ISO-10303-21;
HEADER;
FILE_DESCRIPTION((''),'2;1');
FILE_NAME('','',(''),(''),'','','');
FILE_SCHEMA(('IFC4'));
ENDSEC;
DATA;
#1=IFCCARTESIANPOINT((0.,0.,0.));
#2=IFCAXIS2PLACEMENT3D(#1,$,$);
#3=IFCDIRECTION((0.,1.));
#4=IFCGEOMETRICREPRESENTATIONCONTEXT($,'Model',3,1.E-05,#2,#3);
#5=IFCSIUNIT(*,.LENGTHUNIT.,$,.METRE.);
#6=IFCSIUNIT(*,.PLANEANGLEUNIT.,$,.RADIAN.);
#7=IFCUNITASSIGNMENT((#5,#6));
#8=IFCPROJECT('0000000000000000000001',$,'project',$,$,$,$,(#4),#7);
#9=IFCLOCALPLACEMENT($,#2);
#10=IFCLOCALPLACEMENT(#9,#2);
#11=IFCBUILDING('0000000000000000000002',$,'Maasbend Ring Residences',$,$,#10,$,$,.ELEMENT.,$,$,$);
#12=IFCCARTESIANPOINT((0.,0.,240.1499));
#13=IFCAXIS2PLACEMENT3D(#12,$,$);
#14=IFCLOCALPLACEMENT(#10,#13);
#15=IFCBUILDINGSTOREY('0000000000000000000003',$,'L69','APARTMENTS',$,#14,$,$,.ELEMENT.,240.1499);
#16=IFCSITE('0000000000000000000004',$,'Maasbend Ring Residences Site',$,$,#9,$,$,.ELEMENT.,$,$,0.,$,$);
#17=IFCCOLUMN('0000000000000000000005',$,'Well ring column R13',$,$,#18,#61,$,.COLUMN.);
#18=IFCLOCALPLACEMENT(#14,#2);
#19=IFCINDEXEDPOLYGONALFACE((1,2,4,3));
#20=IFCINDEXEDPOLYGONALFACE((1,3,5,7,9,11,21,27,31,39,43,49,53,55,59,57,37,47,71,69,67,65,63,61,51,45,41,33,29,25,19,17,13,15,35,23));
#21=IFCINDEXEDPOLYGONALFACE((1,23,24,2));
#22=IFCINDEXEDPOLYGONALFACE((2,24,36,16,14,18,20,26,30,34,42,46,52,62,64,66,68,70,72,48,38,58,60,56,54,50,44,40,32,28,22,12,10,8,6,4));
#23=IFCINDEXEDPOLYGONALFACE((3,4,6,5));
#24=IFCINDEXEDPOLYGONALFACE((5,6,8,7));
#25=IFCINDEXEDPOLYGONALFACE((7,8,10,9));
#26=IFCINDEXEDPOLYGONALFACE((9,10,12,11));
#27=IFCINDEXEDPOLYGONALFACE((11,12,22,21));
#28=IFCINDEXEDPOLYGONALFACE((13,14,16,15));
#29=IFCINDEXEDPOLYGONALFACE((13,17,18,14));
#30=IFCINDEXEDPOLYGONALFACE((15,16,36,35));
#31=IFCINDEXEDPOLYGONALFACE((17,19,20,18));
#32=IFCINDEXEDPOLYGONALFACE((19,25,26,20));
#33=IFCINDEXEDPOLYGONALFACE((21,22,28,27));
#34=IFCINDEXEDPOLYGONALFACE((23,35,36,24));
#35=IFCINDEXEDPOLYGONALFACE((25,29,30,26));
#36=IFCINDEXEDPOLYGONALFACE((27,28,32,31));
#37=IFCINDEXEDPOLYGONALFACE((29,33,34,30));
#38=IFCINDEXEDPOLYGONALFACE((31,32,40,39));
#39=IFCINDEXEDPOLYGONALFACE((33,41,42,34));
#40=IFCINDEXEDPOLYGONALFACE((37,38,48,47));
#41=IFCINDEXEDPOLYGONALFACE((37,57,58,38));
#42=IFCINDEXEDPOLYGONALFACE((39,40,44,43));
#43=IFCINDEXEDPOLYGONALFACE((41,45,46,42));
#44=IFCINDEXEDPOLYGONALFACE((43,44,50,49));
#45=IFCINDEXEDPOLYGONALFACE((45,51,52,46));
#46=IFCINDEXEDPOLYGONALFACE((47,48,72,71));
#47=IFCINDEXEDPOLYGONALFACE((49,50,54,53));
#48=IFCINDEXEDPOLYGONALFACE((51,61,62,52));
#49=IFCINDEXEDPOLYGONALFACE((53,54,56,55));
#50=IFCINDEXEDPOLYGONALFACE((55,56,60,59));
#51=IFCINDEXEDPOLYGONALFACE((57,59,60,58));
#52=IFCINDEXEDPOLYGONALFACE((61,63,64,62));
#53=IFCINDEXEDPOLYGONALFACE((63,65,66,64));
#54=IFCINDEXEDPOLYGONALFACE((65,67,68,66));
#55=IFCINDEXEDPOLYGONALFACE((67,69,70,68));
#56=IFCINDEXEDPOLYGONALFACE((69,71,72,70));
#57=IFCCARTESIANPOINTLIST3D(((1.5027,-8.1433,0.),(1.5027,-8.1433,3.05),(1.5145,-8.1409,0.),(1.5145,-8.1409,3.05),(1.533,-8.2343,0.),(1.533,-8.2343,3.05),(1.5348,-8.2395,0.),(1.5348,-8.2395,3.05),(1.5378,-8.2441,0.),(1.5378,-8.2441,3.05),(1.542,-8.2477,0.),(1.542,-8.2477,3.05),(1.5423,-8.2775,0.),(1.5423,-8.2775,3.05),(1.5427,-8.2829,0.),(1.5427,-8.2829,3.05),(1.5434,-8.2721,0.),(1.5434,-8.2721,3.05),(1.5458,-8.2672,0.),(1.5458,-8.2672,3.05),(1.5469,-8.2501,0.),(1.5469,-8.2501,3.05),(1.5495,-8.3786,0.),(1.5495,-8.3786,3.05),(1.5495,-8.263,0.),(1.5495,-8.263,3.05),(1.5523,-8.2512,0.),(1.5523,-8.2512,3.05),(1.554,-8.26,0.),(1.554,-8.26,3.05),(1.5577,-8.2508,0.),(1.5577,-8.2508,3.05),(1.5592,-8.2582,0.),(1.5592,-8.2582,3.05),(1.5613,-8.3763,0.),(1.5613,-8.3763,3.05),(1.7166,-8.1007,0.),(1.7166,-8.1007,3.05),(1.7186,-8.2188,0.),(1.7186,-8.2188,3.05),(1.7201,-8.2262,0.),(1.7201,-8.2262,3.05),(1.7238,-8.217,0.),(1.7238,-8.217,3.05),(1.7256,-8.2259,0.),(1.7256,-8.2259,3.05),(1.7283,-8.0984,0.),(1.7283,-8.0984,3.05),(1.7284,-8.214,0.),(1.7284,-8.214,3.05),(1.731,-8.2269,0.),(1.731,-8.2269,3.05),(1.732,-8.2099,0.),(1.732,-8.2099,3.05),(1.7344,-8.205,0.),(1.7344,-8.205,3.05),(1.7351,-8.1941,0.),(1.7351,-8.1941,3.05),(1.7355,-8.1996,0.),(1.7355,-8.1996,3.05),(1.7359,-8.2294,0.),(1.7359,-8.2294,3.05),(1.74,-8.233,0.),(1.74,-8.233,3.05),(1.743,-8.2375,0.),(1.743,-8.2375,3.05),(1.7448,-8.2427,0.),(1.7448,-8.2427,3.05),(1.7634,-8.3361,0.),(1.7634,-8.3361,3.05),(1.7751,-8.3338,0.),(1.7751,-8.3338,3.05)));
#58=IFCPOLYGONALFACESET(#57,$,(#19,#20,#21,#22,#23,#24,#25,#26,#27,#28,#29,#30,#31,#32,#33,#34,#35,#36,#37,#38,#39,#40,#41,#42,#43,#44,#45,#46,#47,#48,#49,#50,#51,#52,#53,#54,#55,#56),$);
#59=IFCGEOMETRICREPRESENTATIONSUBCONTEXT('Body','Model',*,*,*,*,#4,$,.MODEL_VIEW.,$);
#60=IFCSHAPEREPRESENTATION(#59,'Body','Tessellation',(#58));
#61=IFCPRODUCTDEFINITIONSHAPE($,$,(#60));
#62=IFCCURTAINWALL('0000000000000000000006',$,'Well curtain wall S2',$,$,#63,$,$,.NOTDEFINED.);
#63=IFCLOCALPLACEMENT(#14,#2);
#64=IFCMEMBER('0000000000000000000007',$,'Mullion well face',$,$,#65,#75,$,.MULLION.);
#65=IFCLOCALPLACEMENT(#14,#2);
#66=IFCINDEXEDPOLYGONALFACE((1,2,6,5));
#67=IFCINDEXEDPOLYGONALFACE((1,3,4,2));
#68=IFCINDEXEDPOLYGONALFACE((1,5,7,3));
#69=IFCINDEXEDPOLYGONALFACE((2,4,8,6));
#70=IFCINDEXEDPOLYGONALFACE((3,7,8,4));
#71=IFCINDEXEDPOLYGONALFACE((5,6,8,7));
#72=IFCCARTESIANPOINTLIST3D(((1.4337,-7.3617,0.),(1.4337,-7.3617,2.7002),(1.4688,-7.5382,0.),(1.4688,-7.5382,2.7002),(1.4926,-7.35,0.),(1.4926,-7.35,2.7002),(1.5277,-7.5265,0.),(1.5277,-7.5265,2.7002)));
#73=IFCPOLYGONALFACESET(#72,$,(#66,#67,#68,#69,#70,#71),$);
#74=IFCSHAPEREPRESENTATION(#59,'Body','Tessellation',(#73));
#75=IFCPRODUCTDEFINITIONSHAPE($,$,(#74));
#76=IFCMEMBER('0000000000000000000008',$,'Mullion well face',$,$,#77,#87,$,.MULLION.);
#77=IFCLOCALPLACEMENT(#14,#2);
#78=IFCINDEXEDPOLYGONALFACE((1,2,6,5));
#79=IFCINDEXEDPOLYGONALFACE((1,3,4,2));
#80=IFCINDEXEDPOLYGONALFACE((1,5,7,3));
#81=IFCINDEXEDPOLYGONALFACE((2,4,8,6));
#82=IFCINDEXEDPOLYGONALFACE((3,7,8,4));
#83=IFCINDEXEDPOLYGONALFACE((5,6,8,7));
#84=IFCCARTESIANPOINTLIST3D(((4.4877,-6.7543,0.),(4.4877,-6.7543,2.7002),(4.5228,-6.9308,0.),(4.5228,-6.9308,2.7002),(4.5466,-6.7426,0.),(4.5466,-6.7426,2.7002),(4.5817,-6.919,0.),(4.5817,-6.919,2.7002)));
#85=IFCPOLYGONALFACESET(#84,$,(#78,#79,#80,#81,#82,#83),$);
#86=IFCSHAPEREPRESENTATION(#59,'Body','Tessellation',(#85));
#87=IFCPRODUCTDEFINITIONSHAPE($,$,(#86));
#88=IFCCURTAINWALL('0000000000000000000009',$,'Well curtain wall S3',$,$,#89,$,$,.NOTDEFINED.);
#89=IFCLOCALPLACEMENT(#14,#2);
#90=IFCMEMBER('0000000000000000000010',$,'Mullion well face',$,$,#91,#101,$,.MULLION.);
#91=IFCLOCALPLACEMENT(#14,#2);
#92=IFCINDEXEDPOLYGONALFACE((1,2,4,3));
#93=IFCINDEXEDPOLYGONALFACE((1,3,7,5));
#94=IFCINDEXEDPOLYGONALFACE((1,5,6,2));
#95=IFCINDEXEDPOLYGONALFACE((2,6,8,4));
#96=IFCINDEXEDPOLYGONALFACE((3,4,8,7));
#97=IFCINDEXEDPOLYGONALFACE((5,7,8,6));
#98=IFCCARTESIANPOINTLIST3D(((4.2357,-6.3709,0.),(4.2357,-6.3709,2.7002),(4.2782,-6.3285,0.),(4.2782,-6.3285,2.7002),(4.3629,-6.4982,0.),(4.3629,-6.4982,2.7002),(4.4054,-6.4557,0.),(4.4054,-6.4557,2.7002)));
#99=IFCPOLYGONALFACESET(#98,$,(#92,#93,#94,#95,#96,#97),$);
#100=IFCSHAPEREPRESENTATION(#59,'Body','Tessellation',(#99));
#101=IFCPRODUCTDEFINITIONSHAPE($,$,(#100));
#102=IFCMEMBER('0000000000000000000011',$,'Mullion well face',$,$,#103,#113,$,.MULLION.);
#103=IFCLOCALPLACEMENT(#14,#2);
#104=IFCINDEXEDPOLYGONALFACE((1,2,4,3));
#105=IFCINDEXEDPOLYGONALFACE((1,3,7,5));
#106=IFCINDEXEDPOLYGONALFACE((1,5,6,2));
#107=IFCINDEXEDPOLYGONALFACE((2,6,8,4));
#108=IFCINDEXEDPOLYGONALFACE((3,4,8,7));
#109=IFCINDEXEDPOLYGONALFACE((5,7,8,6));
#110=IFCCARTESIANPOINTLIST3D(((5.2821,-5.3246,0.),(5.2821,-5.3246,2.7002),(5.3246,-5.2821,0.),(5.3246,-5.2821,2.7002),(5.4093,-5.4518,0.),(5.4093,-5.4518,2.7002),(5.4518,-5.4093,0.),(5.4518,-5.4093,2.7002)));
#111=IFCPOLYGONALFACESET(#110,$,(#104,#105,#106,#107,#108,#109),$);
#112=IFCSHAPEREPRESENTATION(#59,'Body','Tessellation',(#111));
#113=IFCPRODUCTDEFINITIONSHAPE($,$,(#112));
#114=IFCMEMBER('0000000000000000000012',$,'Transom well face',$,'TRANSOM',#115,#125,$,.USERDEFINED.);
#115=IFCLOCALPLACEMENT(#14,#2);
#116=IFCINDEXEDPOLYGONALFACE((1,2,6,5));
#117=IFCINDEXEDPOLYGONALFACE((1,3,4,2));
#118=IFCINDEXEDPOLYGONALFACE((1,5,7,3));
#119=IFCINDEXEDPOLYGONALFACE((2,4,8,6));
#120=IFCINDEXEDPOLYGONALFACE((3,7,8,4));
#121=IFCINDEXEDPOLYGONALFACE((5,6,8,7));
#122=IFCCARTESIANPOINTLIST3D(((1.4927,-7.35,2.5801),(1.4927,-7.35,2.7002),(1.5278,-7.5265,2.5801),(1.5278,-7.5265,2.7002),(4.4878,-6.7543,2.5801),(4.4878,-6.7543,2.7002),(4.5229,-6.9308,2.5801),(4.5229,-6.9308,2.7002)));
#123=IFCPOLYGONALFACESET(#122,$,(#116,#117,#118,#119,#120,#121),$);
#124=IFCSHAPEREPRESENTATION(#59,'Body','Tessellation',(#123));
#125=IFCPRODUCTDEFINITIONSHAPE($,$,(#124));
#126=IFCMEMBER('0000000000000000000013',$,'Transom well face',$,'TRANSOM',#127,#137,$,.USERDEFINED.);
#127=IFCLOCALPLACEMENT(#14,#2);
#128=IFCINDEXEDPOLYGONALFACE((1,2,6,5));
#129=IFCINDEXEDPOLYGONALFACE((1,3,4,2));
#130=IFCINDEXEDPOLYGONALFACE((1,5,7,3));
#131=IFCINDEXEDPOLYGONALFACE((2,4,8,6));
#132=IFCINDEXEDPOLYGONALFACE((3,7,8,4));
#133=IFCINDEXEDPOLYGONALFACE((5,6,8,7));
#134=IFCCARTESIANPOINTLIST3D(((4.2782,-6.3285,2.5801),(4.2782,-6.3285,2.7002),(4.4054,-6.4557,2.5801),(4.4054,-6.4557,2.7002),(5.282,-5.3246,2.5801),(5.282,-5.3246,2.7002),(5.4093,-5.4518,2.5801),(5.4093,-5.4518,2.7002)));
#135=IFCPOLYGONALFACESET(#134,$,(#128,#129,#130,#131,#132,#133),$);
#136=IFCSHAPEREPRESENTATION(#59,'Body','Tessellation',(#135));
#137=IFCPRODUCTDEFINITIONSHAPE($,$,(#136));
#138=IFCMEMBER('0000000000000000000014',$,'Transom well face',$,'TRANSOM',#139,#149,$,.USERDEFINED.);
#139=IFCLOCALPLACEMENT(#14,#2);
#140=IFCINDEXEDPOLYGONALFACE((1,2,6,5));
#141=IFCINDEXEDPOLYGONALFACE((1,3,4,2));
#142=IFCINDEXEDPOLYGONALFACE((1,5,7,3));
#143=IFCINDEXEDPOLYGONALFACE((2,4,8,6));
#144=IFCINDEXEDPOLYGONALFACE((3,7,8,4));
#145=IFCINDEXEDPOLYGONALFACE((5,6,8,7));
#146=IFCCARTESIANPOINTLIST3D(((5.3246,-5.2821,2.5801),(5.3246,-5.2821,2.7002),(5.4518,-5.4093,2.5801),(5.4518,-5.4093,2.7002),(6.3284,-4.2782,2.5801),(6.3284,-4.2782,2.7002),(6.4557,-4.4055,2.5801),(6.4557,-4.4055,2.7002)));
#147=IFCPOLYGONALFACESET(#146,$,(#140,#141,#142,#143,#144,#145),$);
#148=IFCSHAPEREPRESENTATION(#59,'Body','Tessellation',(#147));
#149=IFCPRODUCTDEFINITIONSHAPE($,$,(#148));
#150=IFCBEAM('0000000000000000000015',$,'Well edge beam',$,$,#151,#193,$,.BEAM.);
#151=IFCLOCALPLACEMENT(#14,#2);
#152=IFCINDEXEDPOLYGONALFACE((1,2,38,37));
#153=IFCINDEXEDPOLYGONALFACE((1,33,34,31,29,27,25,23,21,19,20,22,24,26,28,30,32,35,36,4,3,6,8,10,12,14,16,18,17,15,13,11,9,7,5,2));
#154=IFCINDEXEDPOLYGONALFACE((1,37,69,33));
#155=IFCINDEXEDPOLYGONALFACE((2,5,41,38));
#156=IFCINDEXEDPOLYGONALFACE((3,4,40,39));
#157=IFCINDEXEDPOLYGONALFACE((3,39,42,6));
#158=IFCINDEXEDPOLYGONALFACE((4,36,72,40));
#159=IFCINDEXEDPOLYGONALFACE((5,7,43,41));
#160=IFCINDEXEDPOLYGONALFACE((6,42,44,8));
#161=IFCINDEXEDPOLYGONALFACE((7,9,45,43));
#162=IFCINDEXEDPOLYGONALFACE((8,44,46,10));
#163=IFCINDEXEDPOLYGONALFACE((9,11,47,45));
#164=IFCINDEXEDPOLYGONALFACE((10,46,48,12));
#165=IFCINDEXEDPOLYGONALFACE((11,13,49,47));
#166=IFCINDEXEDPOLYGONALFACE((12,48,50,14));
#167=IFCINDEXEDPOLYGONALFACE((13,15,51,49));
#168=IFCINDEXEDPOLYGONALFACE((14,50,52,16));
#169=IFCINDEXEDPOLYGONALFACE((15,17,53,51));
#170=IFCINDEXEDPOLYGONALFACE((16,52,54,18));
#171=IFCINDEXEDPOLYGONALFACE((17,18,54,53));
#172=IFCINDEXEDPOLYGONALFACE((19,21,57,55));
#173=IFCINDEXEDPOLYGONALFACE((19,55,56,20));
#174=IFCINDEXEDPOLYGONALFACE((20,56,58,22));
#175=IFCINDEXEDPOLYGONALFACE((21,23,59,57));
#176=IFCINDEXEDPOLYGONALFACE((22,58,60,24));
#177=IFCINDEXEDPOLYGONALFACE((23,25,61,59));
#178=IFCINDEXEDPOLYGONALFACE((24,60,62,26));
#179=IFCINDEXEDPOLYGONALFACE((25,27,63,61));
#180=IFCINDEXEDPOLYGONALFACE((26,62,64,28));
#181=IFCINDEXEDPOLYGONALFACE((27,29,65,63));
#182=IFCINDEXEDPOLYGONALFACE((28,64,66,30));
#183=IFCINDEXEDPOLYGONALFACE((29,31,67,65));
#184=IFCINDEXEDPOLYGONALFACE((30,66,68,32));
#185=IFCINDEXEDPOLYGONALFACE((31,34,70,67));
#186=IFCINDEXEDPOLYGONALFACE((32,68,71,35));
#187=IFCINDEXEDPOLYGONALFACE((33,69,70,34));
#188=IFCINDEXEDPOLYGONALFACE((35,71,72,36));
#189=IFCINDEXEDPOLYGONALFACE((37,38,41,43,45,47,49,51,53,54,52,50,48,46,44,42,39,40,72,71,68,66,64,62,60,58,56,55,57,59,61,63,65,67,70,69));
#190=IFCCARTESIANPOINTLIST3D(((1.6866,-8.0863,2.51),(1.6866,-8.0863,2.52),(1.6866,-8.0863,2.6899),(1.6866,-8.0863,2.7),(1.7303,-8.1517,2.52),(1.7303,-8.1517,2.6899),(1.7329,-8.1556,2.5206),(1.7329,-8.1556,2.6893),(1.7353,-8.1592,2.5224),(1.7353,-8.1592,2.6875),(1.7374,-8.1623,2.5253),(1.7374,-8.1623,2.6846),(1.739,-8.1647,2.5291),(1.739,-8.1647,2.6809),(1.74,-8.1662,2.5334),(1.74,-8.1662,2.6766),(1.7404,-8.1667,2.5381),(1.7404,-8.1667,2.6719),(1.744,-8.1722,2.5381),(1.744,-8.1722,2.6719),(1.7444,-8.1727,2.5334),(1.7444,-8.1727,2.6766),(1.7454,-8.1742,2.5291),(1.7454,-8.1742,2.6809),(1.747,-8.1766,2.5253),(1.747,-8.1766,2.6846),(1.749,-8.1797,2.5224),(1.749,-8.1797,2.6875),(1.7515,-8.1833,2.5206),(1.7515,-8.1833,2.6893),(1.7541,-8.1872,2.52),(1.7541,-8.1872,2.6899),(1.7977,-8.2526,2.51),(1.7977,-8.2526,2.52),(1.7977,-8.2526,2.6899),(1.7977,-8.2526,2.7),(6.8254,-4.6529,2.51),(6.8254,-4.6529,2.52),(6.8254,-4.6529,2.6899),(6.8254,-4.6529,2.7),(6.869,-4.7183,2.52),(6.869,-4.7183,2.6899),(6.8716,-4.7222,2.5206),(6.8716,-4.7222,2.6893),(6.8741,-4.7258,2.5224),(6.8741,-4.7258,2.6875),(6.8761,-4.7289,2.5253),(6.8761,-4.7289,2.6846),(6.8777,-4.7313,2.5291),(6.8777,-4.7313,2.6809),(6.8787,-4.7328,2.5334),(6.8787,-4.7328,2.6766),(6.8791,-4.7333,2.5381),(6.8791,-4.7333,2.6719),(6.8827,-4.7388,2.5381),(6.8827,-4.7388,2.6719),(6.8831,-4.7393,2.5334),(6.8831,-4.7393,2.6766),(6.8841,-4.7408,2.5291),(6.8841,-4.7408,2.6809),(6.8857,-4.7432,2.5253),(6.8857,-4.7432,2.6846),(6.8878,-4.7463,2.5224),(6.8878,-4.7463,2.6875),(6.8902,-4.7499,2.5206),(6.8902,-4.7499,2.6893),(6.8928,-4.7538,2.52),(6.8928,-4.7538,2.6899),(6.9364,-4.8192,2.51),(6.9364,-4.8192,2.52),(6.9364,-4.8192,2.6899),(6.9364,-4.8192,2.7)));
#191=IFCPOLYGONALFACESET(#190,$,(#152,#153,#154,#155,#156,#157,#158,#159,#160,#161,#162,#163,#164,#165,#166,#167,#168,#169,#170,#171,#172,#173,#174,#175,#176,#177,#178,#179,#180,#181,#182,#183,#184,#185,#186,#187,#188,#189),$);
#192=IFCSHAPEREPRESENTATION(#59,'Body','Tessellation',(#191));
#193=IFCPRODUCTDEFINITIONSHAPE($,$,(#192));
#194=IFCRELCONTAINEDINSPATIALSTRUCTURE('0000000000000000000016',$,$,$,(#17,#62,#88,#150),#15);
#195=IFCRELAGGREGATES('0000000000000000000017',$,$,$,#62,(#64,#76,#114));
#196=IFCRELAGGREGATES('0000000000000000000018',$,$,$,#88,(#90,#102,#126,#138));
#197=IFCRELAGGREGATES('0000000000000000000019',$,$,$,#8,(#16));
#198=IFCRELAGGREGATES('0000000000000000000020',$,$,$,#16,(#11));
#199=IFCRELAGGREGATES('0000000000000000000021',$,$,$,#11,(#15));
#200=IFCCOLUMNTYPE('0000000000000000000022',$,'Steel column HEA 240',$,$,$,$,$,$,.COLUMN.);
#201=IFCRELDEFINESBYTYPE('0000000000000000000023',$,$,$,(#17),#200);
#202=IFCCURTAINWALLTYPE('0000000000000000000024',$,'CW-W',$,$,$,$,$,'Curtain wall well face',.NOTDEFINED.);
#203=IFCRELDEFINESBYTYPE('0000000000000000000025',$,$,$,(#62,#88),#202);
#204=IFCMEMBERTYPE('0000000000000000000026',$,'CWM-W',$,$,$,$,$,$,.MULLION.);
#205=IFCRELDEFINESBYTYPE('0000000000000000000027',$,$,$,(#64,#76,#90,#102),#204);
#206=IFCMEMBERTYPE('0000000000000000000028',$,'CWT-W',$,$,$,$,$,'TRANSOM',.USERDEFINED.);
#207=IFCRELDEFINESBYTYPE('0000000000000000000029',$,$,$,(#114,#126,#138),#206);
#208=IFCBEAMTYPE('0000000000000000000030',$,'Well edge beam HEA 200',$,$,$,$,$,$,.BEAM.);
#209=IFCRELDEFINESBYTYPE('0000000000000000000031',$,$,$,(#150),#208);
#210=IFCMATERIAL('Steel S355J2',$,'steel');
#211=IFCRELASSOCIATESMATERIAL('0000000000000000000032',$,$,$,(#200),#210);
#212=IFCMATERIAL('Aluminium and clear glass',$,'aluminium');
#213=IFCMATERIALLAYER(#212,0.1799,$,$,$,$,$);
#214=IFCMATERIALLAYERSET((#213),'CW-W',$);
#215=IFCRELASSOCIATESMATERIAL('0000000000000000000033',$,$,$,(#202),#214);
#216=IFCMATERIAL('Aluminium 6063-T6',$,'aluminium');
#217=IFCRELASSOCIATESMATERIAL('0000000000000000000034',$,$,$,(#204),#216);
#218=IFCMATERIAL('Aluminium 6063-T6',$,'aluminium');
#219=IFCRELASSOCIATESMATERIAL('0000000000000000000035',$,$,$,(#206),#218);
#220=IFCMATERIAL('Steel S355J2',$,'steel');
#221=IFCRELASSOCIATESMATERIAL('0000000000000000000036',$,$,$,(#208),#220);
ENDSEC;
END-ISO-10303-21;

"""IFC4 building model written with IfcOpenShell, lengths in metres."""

from ifc_helpers import new_model, si_unit, direction, frame, origin, origin_2d, place, context, subcontext, project, spatial, rectangle, i_section, extrude, material, layer, layer_set, material_profile, profile_set, type_object, element, aggregate, save


model = new_model("IFC4")

# Units and contexts
model_context = context("Model", 3, precision=1e-05, world=origin(), true_north=direction((0.0, 1.0)))
body_context = subcontext(model_context, "Body", "Model", "MODEL_VIEW")
ifc_project = project(units=[si_unit("LENGTHUNIT", "METRE"), si_unit("PLANEANGLEUNIT", "RADIAN")], contexts=[model_context])

# Site, building, storey
site_placement = place(None, origin())
site = spatial("IfcSite", under=ifc_project, at=site_placement, Name="Maasbend Ring Residences Site", CompositionType="ELEMENT", RefElevation=0.0)
building_placement = place(site_placement, origin())
building = spatial("IfcBuilding", under=site, at=building_placement, Name="Maasbend Ring Residences", CompositionType="ELEMENT")
storey_placement = place(building_placement, frame((0.0, 0.0, 240.1499)))
storey = spatial("IfcBuildingStorey", under=building, at=storey_placement, Name="L69", Description="APARTMENTS", CompositionType="ELEMENT", Elevation=240.1499)

# Column
ifc_material_1 = material(Name="Steel S355J2", Category="steel")
ifc_material_profile_1 = material_profile(ifc_material_1, i_section(OverallWidth=0.24, OverallDepth=0.23, WebThickness=0.0076, FlangeThickness=0.012, FilletRadius=0.021, at=origin_2d()), Name="HEA 240")
ifc_profile_set_1 = profile_set([ifc_material_profile_1], Name="Steel S355J2")
column_type = type_object("IfcColumnType", Name="Steel column HEA 240", PredefinedType="COLUMN", material=ifc_profile_set_1)
column_placement = place(storey_placement, frame((1.6389, -8.2385, 0.0), z_axis=(0.0, 0.0, 1.0), x_axis=(0.19509, -0.980785, 0.0)))
element("IfcColumn", 1, at=column_placement, inside=storey, type_object=column_type, Name="Well ring column R13", PredefinedType="COLUMN", context=body_context, shape_type="SweptSolid", body=[
    extrude(i_section(OverallWidth=0.24, OverallDepth=0.23, WebThickness=0.0076, FlangeThickness=0.012, FilletRadius=0.021, at=origin_2d()), origin(), (0.0, 0.0, 1.0), 3.05),
])

# Curtain walls, members
ifc_material_2 = material(Name="Aluminium and clear glass", Category="aluminium")
ifc_layer_1 = layer(ifc_material_2, 0.1799)
ifc_layer_set_1 = layer_set([ifc_layer_1], Name="CW-W")
curtain_wall_type = type_object("IfcCurtainWallType", Name="CW-W", ElementType="Curtain wall well face", PredefinedType="NOTDEFINED", material=ifc_layer_set_1)
curtain_wall_1_placement = place(storey_placement, origin())
curtain_wall_1 = element("IfcCurtainWall", 2, at=curtain_wall_1_placement, inside=storey, type_object=curtain_wall_type, Name="Well curtain wall S2", PredefinedType="NOTDEFINED")
ifc_material_3 = material(Name="Aluminium 6063-T6", Category="aluminium")
ifc_material_profile_2 = material_profile(ifc_material_3, rectangle(XDim=0.1799, YDim=0.0601, at=origin_2d()), Name="AL 180x60")
ifc_profile_set_2 = profile_set([ifc_material_profile_2], Name="Aluminium 6063-T6")
member_type_1 = type_object("IfcMemberType", Name="CWM-W", PredefinedType="MULLION", material=ifc_profile_set_2)
member_1_placement = place(storey_placement, frame((1.4807, -7.4441, 0.0), z_axis=(0.0, 0.0, 1.0), x_axis=(-0.19509, 0.980785, 0.0)))
member_1 = element("IfcMember", 3, at=member_1_placement, type_object=member_type_1, Name="Mullion well face", PredefinedType="MULLION", context=body_context, shape_type="SweptSolid", body=[
    extrude(rectangle(XDim=0.1799, YDim=0.0601, at=origin_2d()), origin(), (0.0, 0.0, 1.0), 2.7002),
])
member_2_placement = place(storey_placement, frame((4.5347, -6.8367, 0.0), z_axis=(0.0, 0.0, 1.0), x_axis=(-0.19509, 0.980785, 0.0)))
member_2 = element("IfcMember", 4, at=member_2_placement, type_object=member_type_1, Name="Mullion well face", PredefinedType="MULLION", context=body_context, shape_type="SweptSolid", body=[
    extrude(rectangle(XDim=0.1799, YDim=0.0601, at=origin_2d()), origin(), (0.0, 0.0, 1.0), 2.7002),
])
curtain_wall_2_placement = place(storey_placement, origin())
curtain_wall_2 = element("IfcCurtainWall", 5, at=curtain_wall_2_placement, inside=storey, type_object=curtain_wall_type, Name="Well curtain wall S3", PredefinedType="NOTDEFINED")
member_3_placement = place(storey_placement, frame((4.3206, -6.4133, 0.0), z_axis=(0.0, 0.0, 1.0), x_axis=(-0.707107, 0.707107, 0.0)))
member_3 = element("IfcMember", 6, at=member_3_placement, type_object=member_type_1, Name="Mullion well face", PredefinedType="MULLION", context=body_context, shape_type="SweptSolid", body=[
    extrude(rectangle(XDim=0.1799, YDim=0.0601, at=origin_2d()), origin(), (0.0, 0.0, 1.0), 2.7002),
])
member_4_placement = place(storey_placement, frame((5.3669, -5.3669, 0.0), z_axis=(0.0, 0.0, 1.0), x_axis=(-0.707107, 0.707107, 0.0)))
member_4 = element("IfcMember", 7, at=member_4_placement, type_object=member_type_1, Name="Mullion well face", PredefinedType="MULLION", context=body_context, shape_type="SweptSolid", body=[
    extrude(rectangle(XDim=0.1799, YDim=0.0601, at=origin_2d()), origin(), (0.0, 0.0, 1.0), 2.7002),
])

# Members
ifc_material_4 = material(Name="Aluminium 6063-T6", Category="aluminium")
ifc_material_profile_3 = material_profile(ifc_material_4, rectangle(XDim=0.1799, YDim=0.1201, at=origin_2d()), Name="AL 180x120")
ifc_profile_set_3 = profile_set([ifc_material_profile_3], Name="Aluminium 6063-T6")
member_type_2 = type_object("IfcMemberType", Name="CWT-W", ElementType="TRANSOM", PredefinedType="USERDEFINED", material=ifc_profile_set_3)
member_5_placement = place(storey_placement, frame((1.5103, -7.4382, 2.6401), z_axis=(0.980789, 0.195071, 0.0), x_axis=(-0.195071, 0.980789, 0.0)))
member_5 = element("IfcMember", 8, at=member_5_placement, type_object=member_type_2, Name="Transom well face", ObjectType="TRANSOM", PredefinedType="USERDEFINED", context=body_context, shape_type="SweptSolid", body=[
    extrude(rectangle(XDim=0.1799, YDim=0.1201, at=origin_2d()), origin(), (0.0, 0.0, 1.0), 3.0537),
])
member_6_placement = place(storey_placement, frame((4.3418, -6.3921, 2.6401), z_axis=(0.707107, 0.707107, 0.0), x_axis=(-0.707107, 0.707107, 0.0)))
member_6 = element("IfcMember", 9, at=member_6_placement, type_object=member_type_2, Name="Transom well face", ObjectType="TRANSOM", PredefinedType="USERDEFINED", context=body_context, shape_type="SweptSolid", body=[
    extrude(rectangle(XDim=0.1799, YDim=0.1201, at=origin_2d()), origin(), (0.0, 0.0, 1.0), 1.4197),
])
member_7_placement = place(storey_placement, frame((5.3882, -5.3457, 2.6401), z_axis=(0.707107, 0.707107, 0.0), x_axis=(-0.707107, 0.707107, 0.0)))
member_7 = element("IfcMember", 10, at=member_7_placement, type_object=member_type_2, Name="Transom well face", ObjectType="TRANSOM", PredefinedType="USERDEFINED", context=body_context, shape_type="SweptSolid", body=[
    extrude(rectangle(XDim=0.1799, YDim=0.1201, at=origin_2d()), origin(), (0.0, 0.0, 1.0), 1.4197),
])

# Beam
ifc_material_5 = material(Name="Steel S355J2", Category="steel")
ifc_material_profile_4 = material_profile(ifc_material_5, i_section(OverallWidth=0.2, OverallDepth=0.1899, WebThickness=0.0066, FlangeThickness=0.01, FilletRadius=0.0181, at=origin_2d()), Name="HEA 200")
ifc_profile_set_4 = profile_set([ifc_material_profile_4], Name="Steel S355J2")
beam_type = type_object("IfcBeamType", Name="Well edge beam HEA 200", PredefinedType="BEAM", material=ifc_profile_set_4)
beam_placement = place(storey_placement, frame((1.7422, -8.1694, 2.605), z_axis=(0.831485, 0.555548, 0.0), x_axis=(-0.555548, 0.831485, 0.0)))
element("IfcBeam", 11, at=beam_placement, inside=storey, type_object=beam_type, Name="Well edge beam", PredefinedType="BEAM", context=body_context, shape_type="SweptSolid", body=[
    extrude(i_section(OverallWidth=0.2, OverallDepth=0.1899, WebThickness=0.0066, FlangeThickness=0.01, FilletRadius=0.0181, at=origin_2d()), origin(), (0.0, 0.0, 1.0), 6.1802),
])

aggregate(curtain_wall_1, [member_1, member_2, member_5])
aggregate(curtain_wall_2, [member_3, member_4, member_6, member_7])

save(model, "model.ifc")
